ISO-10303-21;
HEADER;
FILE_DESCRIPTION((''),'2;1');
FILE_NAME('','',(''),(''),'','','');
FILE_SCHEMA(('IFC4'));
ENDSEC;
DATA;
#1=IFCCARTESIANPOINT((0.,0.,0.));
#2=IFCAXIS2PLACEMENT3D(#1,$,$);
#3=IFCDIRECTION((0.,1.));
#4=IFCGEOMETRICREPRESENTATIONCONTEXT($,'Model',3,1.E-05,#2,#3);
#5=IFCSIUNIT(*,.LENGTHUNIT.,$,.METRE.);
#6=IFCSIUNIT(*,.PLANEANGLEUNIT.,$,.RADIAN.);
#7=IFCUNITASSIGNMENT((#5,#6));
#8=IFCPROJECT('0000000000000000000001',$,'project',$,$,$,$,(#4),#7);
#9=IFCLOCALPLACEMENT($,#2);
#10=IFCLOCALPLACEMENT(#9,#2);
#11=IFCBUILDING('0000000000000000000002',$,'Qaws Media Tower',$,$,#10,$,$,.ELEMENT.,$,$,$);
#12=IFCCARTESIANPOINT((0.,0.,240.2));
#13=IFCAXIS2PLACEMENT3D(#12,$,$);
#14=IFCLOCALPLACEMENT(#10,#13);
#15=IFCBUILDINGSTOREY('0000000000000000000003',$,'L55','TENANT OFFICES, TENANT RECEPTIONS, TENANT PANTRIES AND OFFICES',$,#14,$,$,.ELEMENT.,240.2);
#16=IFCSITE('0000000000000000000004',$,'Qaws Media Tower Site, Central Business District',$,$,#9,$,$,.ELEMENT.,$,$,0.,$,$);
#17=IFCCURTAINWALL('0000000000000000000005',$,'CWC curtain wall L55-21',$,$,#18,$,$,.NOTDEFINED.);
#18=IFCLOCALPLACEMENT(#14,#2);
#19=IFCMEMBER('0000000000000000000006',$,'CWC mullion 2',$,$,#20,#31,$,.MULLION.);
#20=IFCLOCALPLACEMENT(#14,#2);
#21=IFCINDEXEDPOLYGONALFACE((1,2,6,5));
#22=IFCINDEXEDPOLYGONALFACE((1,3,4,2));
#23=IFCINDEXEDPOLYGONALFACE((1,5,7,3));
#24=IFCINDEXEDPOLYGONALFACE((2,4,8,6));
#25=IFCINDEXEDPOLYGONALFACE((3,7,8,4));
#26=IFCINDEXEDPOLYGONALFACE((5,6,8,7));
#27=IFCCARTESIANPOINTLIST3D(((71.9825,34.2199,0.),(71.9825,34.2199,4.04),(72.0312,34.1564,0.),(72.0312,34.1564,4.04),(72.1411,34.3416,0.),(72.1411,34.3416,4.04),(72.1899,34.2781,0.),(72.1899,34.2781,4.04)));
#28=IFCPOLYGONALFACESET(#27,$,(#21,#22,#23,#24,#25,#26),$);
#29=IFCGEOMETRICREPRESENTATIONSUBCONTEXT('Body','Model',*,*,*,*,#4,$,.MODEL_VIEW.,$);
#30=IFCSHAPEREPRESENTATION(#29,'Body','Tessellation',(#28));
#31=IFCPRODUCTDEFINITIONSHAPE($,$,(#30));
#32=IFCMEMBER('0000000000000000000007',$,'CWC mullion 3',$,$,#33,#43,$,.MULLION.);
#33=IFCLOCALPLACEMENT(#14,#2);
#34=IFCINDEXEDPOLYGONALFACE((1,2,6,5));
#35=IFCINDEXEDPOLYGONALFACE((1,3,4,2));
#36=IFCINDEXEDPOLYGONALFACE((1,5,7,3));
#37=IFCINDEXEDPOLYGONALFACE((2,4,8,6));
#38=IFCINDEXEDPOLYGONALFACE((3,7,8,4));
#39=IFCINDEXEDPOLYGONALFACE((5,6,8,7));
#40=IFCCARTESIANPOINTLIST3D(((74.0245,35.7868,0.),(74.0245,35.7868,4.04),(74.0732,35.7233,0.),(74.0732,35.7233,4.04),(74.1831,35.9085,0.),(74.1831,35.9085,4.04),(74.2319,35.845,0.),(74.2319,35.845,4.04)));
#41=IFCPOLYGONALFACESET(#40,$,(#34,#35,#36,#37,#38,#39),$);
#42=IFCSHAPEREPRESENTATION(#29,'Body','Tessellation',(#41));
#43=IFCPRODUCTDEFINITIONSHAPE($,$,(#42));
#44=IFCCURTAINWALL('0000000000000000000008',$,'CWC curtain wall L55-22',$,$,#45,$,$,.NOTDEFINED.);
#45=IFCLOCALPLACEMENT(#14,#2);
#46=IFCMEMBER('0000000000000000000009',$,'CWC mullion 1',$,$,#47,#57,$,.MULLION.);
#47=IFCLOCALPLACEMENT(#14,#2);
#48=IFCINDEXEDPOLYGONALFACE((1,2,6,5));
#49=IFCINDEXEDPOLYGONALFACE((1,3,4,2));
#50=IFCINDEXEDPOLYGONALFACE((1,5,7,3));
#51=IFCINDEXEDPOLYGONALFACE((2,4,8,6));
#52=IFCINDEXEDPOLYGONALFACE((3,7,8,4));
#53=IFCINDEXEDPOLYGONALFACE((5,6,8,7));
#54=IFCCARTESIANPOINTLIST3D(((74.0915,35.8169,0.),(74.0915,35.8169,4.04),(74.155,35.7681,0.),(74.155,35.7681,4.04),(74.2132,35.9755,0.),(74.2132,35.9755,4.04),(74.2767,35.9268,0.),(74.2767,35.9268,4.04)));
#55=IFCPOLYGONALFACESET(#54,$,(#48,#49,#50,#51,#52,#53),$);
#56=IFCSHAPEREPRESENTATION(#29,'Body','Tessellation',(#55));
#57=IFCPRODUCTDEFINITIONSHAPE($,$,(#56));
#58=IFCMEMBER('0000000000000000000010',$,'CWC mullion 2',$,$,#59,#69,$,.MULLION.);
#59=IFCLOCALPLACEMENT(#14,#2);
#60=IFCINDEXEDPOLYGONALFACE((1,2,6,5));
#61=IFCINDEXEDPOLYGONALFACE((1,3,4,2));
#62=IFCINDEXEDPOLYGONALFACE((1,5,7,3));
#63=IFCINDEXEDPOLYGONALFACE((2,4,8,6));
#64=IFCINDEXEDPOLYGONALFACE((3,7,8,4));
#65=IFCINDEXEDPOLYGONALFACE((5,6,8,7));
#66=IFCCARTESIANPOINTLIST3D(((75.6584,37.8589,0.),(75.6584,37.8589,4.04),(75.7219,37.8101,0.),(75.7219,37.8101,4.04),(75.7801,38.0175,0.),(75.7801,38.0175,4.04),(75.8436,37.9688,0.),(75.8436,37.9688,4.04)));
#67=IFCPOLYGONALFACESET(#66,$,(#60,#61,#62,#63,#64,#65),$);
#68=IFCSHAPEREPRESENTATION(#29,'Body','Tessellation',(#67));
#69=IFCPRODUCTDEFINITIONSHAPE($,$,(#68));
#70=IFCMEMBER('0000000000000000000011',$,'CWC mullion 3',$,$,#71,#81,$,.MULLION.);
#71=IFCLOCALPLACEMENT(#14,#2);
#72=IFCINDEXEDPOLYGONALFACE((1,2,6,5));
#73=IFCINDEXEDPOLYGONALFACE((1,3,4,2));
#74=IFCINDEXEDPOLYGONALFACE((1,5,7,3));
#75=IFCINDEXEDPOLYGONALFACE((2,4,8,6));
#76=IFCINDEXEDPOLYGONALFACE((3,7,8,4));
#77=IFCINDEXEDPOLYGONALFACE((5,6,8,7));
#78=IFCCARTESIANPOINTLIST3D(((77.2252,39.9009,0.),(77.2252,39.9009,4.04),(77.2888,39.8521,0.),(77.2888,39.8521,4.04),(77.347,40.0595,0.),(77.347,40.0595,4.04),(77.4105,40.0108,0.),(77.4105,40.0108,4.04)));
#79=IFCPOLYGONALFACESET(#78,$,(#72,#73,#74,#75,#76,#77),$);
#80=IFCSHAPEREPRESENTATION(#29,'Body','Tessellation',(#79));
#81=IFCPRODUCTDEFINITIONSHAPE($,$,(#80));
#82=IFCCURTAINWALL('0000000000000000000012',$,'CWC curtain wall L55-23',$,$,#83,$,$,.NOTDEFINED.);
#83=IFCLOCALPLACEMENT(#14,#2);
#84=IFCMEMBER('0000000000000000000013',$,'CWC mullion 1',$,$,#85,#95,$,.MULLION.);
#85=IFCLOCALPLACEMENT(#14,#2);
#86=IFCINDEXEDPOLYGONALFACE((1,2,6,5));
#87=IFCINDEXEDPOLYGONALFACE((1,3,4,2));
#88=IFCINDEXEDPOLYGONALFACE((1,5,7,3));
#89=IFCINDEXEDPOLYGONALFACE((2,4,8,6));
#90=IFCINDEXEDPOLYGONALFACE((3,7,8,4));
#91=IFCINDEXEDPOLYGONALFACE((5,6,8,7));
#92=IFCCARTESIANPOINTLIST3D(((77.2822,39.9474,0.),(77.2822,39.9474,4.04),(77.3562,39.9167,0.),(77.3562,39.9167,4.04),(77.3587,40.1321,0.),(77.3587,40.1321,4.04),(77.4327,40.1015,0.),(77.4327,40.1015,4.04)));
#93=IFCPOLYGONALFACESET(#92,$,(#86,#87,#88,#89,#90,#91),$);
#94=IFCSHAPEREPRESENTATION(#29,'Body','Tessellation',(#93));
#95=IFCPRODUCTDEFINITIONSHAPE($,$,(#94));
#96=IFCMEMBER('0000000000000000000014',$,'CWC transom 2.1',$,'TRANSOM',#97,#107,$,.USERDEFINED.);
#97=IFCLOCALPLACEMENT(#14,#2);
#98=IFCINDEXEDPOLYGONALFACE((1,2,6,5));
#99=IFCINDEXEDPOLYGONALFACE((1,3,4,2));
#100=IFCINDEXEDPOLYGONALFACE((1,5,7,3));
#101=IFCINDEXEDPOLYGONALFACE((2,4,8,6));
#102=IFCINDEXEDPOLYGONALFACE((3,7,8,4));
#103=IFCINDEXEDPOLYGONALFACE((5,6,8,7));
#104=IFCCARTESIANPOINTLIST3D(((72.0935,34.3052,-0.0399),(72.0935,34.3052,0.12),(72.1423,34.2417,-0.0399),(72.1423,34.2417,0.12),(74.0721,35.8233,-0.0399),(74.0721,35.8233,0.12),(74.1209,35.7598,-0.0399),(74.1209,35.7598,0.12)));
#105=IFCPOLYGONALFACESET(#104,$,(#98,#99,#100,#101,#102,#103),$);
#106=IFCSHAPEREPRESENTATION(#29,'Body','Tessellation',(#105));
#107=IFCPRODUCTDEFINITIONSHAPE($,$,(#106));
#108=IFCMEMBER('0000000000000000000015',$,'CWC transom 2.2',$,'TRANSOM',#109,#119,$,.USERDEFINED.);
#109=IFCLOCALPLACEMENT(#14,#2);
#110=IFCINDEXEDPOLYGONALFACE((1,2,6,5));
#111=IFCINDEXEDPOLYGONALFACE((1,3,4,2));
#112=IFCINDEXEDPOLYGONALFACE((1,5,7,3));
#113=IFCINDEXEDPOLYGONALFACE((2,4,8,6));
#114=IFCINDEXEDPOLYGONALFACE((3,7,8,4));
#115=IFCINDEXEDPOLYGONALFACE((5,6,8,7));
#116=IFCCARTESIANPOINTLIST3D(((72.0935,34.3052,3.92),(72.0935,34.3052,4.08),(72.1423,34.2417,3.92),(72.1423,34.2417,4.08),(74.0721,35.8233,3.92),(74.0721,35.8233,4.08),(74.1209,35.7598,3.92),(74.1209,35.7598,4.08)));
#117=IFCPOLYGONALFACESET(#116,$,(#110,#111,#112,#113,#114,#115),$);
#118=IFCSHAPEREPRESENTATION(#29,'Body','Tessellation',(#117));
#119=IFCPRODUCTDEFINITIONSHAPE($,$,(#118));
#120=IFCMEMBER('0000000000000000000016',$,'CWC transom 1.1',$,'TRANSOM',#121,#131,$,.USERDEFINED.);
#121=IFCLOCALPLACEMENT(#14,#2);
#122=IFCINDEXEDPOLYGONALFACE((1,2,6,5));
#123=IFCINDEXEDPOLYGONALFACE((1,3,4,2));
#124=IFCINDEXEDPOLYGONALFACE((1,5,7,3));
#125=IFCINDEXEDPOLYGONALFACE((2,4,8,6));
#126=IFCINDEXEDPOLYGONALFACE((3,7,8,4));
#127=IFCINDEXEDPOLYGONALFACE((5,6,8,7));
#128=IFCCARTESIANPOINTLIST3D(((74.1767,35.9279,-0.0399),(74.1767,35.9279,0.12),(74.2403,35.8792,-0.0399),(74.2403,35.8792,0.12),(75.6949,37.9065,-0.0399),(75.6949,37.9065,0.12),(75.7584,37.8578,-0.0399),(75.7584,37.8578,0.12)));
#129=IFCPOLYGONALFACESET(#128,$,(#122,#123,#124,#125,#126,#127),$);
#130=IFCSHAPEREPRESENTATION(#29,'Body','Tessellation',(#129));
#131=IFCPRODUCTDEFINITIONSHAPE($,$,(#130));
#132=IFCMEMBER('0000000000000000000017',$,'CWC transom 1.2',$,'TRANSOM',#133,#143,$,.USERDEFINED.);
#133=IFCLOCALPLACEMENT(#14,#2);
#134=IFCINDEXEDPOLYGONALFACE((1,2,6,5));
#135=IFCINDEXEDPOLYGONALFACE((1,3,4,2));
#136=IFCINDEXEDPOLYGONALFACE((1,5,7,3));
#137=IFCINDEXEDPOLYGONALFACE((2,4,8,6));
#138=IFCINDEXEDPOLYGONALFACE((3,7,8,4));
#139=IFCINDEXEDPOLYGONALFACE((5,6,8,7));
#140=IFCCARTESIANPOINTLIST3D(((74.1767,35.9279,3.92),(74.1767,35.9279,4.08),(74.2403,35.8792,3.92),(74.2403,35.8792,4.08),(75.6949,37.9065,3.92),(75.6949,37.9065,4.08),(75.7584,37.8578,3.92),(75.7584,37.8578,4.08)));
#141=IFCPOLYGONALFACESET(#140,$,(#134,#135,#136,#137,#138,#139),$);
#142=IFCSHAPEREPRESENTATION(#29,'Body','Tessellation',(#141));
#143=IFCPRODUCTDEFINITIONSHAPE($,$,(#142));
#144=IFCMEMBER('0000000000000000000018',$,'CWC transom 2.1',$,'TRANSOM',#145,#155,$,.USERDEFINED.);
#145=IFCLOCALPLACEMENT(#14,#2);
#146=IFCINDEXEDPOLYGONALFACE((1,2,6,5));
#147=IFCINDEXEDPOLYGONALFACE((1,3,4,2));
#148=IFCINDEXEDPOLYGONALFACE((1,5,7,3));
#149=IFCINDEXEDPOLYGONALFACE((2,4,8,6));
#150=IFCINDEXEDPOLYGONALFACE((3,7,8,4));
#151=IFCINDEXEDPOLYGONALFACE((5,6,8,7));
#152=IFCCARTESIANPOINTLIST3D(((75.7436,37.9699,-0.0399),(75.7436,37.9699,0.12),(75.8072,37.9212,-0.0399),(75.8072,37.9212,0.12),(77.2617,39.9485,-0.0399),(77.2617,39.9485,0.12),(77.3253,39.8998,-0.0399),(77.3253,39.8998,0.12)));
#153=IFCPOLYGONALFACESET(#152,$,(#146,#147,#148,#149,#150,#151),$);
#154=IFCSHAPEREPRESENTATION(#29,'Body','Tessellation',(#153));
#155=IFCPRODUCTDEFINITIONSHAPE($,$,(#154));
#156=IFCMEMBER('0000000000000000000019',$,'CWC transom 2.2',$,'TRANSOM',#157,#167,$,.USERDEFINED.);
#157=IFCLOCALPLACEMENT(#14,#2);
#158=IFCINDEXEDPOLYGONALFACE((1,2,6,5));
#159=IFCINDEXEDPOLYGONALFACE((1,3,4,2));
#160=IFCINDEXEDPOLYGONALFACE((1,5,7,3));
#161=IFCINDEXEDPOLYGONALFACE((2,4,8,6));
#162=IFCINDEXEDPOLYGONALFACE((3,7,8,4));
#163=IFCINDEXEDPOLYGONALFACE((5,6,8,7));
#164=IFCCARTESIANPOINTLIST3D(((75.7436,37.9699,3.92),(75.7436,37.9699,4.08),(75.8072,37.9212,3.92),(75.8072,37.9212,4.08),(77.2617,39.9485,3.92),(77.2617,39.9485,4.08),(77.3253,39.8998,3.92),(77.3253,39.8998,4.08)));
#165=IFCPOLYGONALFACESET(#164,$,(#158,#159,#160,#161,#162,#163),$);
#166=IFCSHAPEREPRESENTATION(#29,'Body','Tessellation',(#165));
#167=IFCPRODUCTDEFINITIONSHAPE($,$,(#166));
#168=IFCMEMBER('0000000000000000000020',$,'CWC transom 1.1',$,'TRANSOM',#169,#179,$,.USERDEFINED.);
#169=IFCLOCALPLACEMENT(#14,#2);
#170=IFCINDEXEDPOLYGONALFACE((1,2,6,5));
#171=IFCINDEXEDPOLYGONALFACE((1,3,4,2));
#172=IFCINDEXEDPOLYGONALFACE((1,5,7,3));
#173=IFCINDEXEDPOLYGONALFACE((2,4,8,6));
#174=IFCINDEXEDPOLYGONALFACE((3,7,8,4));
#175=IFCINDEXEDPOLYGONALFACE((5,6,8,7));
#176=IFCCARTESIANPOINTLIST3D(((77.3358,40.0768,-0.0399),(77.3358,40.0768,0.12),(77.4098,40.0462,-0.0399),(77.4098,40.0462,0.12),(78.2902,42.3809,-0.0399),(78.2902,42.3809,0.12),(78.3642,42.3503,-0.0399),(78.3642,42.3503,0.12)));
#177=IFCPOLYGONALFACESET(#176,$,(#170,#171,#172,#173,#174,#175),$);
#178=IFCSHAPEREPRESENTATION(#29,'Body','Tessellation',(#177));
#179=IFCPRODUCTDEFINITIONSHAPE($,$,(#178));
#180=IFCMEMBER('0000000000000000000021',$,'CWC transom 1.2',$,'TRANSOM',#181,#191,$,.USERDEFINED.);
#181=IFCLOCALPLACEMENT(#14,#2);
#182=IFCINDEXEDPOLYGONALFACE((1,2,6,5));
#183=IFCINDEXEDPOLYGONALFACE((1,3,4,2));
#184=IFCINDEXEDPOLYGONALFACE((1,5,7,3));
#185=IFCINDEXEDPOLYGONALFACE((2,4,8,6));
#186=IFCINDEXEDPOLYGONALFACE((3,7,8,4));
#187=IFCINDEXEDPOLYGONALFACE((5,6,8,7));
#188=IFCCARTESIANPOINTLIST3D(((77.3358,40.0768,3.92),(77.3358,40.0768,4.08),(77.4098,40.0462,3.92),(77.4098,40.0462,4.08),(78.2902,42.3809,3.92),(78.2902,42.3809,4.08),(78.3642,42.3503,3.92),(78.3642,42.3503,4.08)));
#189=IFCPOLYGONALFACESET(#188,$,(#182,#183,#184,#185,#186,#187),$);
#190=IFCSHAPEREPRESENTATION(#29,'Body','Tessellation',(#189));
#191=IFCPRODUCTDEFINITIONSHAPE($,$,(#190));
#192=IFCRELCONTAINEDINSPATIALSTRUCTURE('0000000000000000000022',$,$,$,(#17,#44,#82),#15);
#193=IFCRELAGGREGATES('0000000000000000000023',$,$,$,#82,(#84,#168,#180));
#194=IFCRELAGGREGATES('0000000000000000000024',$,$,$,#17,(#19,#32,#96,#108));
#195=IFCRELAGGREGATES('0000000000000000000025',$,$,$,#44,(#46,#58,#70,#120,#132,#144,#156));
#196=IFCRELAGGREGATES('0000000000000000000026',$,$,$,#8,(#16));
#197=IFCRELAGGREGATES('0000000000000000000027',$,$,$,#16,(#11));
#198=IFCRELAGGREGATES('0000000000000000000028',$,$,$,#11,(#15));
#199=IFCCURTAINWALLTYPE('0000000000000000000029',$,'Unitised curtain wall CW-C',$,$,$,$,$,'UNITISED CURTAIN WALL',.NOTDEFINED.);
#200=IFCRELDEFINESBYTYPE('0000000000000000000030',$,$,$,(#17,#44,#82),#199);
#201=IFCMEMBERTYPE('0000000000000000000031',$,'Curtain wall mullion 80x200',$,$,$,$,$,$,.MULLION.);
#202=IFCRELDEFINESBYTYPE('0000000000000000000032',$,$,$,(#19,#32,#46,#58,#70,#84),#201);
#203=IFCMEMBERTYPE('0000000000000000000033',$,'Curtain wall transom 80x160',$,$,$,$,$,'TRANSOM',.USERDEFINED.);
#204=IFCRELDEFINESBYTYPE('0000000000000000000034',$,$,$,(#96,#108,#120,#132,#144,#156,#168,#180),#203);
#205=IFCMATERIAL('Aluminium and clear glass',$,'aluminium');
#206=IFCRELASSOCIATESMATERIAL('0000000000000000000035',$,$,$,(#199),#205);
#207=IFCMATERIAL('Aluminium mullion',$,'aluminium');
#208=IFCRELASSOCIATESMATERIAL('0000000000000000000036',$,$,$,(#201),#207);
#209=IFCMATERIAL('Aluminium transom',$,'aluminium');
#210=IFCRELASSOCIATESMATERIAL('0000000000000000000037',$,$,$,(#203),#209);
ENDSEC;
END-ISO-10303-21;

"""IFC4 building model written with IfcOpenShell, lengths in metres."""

from ifc_helpers import new_model, si_unit, direction, frame, origin, origin_2d, place, context, subcontext, project, spatial, rectangle, extrude, material, material_profile, profile_set, type_object, element, aggregate, save


model = new_model("IFC4")

# Units and contexts
model_context = context("Model", 3, precision=1e-05, world=origin(), true_north=direction((0.0, 1.0)))
body_context = subcontext(model_context, "Body", "Model", "MODEL_VIEW")
ifc_project = project(units=[si_unit("LENGTHUNIT", "METRE"), si_unit("PLANEANGLEUNIT", "RADIAN")], contexts=[model_context])

# Site, building, storey
site_placement = place(None, origin())
site = spatial("IfcSite", under=ifc_project, at=site_placement, Name="Qaws Media Tower Site, Central Business District", CompositionType="ELEMENT", RefElevation=0.0)
building_placement = place(site_placement, origin())
building = spatial("IfcBuilding", under=site, at=building_placement, Name="Qaws Media Tower", CompositionType="ELEMENT")
storey_placement = place(building_placement, frame((0.0, 0.0, 240.2)))
storey = spatial("IfcBuildingStorey", under=building, at=storey_placement, Name="L55", Description="TENANT OFFICES, TENANT RECEPTIONS, TENANT PANTRIES AND OFFICES", CompositionType="ELEMENT", Elevation=240.2)

# Curtain walls, members
ifc_material_1 = material(Name="Aluminium and clear glass", Category="aluminium")
curtain_wall_type = type_object("IfcCurtainWallType", Name="Unitised curtain wall CW-C", ElementType="UNITISED CURTAIN WALL", PredefinedType="NOTDEFINED", material=ifc_material_1)
curtain_wall_1_placement = place(storey_placement, origin())
curtain_wall_1 = element("IfcCurtainWall", 1, at=curtain_wall_1_placement, inside=storey, type_object=curtain_wall_type, Name="CWC curtain wall L55-21", PredefinedType="NOTDEFINED")
ifc_material_2 = material(Name="Aluminium mullion", Category="aluminium")
ifc_material_profile_1 = material_profile(ifc_material_2, rectangle(XDim=0.0801, YDim=0.2, at=origin_2d()), Name="80x200")
ifc_profile_set_1 = profile_set([ifc_material_profile_1], Name="Aluminium mullion")
member_type_1 = type_object("IfcMemberType", Name="Curtain wall mullion 80x200", PredefinedType="MULLION", material=ifc_profile_set_1)
member_1_placement = place(storey_placement, frame((72.0862, 34.249, 0.0), z_axis=(0.0, 0.0, 1.0), x_axis=(-0.608762, 0.793353, 0.0)))
member_1 = element("IfcMember", 2, at=member_1_placement, type_object=member_type_1, Name="CWC mullion 2", PredefinedType="MULLION", context=body_context, shape_type="SweptSolid", body=[
    extrude(rectangle(XDim=0.0801, YDim=0.2, at=origin_2d()), origin(), (0.0, 0.0, 1.0), 4.04),
])
member_2_placement = place(storey_placement, frame((74.1282, 35.8159, 0.0), z_axis=(0.0, 0.0, 1.0), x_axis=(-0.608762, 0.793353, 0.0)))
member_2 = element("IfcMember", 3, at=member_2_placement, type_object=member_type_1, Name="CWC mullion 3", PredefinedType="MULLION", context=body_context, shape_type="SweptSolid", body=[
    extrude(rectangle(XDim=0.0801, YDim=0.2, at=origin_2d()), origin(), (0.0, 0.0, 1.0), 4.04),
])
curtain_wall_2_placement = place(storey_placement, origin())
curtain_wall_2 = element("IfcCurtainWall", 4, at=curtain_wall_2_placement, inside=storey, type_object=curtain_wall_type, Name="CWC curtain wall L55-22", PredefinedType="NOTDEFINED")
member_3_placement = place(storey_placement, frame((74.1841, 35.8718, 0.0), z_axis=(0.0, 0.0, 1.0), x_axis=(-0.793353, 0.608762, 0.0)))
member_3 = element("IfcMember", 5, at=member_3_placement, type_object=member_type_1, Name="CWC mullion 1", PredefinedType="MULLION", context=body_context, shape_type="SweptSolid", body=[
    extrude(rectangle(XDim=0.0801, YDim=0.2, at=origin_2d()), origin(), (0.0, 0.0, 1.0), 4.04),
])
member_4_placement = place(storey_placement, frame((75.751, 37.9138, 0.0), z_axis=(0.0, 0.0, 1.0), x_axis=(-0.793353, 0.608762, 0.0)))
member_4 = element("IfcMember", 6, at=member_4_placement, type_object=member_type_1, Name="CWC mullion 2", PredefinedType="MULLION", context=body_context, shape_type="SweptSolid", body=[
    extrude(rectangle(XDim=0.0801, YDim=0.2, at=origin_2d()), origin(), (0.0, 0.0, 1.0), 4.04),
])
member_5_placement = place(storey_placement, frame((77.3179, 39.9558, 0.0), z_axis=(0.0, 0.0, 1.0), x_axis=(-0.793353, 0.608762, 0.0)))
member_5 = element("IfcMember", 7, at=member_5_placement, type_object=member_type_1, Name="CWC mullion 3", PredefinedType="MULLION", context=body_context, shape_type="SweptSolid", body=[
    extrude(rectangle(XDim=0.0801, YDim=0.2, at=origin_2d()), origin(), (0.0, 0.0, 1.0), 4.04),
])

# Curtain wall, member
curtain_wall_3_placement = place(storey_placement, origin())
curtain_wall_3 = element("IfcCurtainWall", 8, at=curtain_wall_3_placement, inside=storey, type_object=curtain_wall_type, Name="CWC curtain wall L55-23", PredefinedType="NOTDEFINED")
member_6_placement = place(storey_placement, frame((77.3574, 40.0244, 0.0), z_axis=(0.0, 0.0, 1.0), x_axis=(-0.92388, 0.382683, 0.0)))
member_6 = element("IfcMember", 9, at=member_6_placement, type_object=member_type_1, Name="CWC mullion 1", PredefinedType="MULLION", context=body_context, shape_type="SweptSolid", body=[
    extrude(rectangle(XDim=0.0801, YDim=0.2, at=origin_2d()), origin(), (0.0, 0.0, 1.0), 4.04),
])

# Members
ifc_material_3 = material(Name="Aluminium transom", Category="aluminium")
ifc_material_profile_2 = material_profile(ifc_material_3, rectangle(XDim=0.0801, YDim=0.1599, at=origin_2d()), Name="80x160")
ifc_profile_set_2 = profile_set([ifc_material_profile_2], Name="Aluminium transom")
member_type_2 = type_object("IfcMemberType", Name="Curtain wall transom 80x160", ElementType="TRANSOM", PredefinedType="USERDEFINED", material=ifc_profile_set_2)
member_7_placement = place(storey_placement, frame((72.1179, 34.2734, 0.04), z_axis=(0.793373, 0.608736, 0.0), x_axis=(-0.608736, 0.793373, 0.0)))
member_7 = element("IfcMember", 10, at=member_7_placement, type_object=member_type_2, Name="CWC transom 2.1", ObjectType="TRANSOM", PredefinedType="USERDEFINED", context=body_context, shape_type="SweptSolid", body=[
    extrude(rectangle(XDim=0.0801, YDim=0.1599, at=origin_2d()), origin(), (0.0, 0.0, 1.0), 2.4939),
])
member_8_placement = place(storey_placement, frame((72.1179, 34.2734, 4.0), z_axis=(0.793373, 0.608736, 0.0), x_axis=(-0.608736, 0.793373, 0.0)))
member_8 = element("IfcMember", 11, at=member_8_placement, type_object=member_type_2, Name="CWC transom 2.2", ObjectType="TRANSOM", PredefinedType="USERDEFINED", context=body_context, shape_type="SweptSolid", body=[
    extrude(rectangle(XDim=0.0801, YDim=0.1599, at=origin_2d()), origin(), (0.0, 0.0, 1.0), 2.4939),
])
member_9_placement = place(storey_placement, frame((74.2085, 35.9036, 0.04), z_axis=(0.608736, 0.793373, 0.0), x_axis=(-0.793373, 0.608736, 0.0)))
member_9 = element("IfcMember", 12, at=member_9_placement, type_object=member_type_2, Name="CWC transom 1.1", ObjectType="TRANSOM", PredefinedType="USERDEFINED", context=body_context, shape_type="SweptSolid", body=[
    extrude(rectangle(XDim=0.0801, YDim=0.1599, at=origin_2d()), origin(), (0.0, 0.0, 1.0), 2.4939),
])
member_10_placement = place(storey_placement, frame((74.2085, 35.9036, 4.0), z_axis=(0.608736, 0.793373, 0.0), x_axis=(-0.793373, 0.608736, 0.0)))
member_10 = element("IfcMember", 13, at=member_10_placement, type_object=member_type_2, Name="CWC transom 1.2", ObjectType="TRANSOM", PredefinedType="USERDEFINED", context=body_context, shape_type="SweptSolid", body=[
    extrude(rectangle(XDim=0.0801, YDim=0.1599, at=origin_2d()), origin(), (0.0, 0.0, 1.0), 2.4939),
])
member_11_placement = place(storey_placement, frame((75.7754, 37.9456, 0.04), z_axis=(0.608736, 0.793373, 0.0), x_axis=(-0.793373, 0.608736, 0.0)))
member_11 = element("IfcMember", 14, at=member_11_placement, type_object=member_type_2, Name="CWC transom 2.1", ObjectType="TRANSOM", PredefinedType="USERDEFINED", context=body_context, shape_type="SweptSolid", body=[
    extrude(rectangle(XDim=0.0801, YDim=0.1599, at=origin_2d()), origin(), (0.0, 0.0, 1.0), 2.4939),
])
member_12_placement = place(storey_placement, frame((75.7754, 37.9456, 4.0), z_axis=(0.608736, 0.793373, 0.0), x_axis=(-0.793373, 0.608736, 0.0)))
member_12 = element("IfcMember", 15, at=member_12_placement, type_object=member_type_2, Name="CWC transom 2.2", ObjectType="TRANSOM", PredefinedType="USERDEFINED", context=body_context, shape_type="SweptSolid", body=[
    extrude(rectangle(XDim=0.0801, YDim=0.1599, at=origin_2d()), origin(), (0.0, 0.0, 1.0), 2.4939),
])
member_13_placement = place(storey_placement, frame((77.3728, 40.0615, 0.04), z_axis=(0.382689, 0.923877, 0.0), x_axis=(-0.923877, 0.382689, 0.0)))
member_13 = element("IfcMember", 16, at=member_13_placement, type_object=member_type_2, Name="CWC transom 1.1", ObjectType="TRANSOM", PredefinedType="USERDEFINED", context=body_context, shape_type="SweptSolid", body=[
    extrude(rectangle(XDim=0.0801, YDim=0.1599, at=origin_2d()), origin(), (0.0, 0.0, 1.0), 2.4939),
])
member_14_placement = place(storey_placement, frame((77.3728, 40.0615, 4.0), z_axis=(0.382689, 0.923877, 0.0), x_axis=(-0.923877, 0.382689, 0.0)))
member_14 = element("IfcMember", 17, at=member_14_placement, type_object=member_type_2, Name="CWC transom 1.2", ObjectType="TRANSOM", PredefinedType="USERDEFINED", context=body_context, shape_type="SweptSolid", body=[
    extrude(rectangle(XDim=0.0801, YDim=0.1599, at=origin_2d()), origin(), (0.0, 0.0, 1.0), 2.4939),
])
aggregate(curtain_wall_3, [member_6, member_13, member_14])

aggregate(curtain_wall_1, [member_1, member_2, member_7, member_8])
aggregate(curtain_wall_2, [member_3, member_4, member_5, member_9, member_10, member_11, member_12])

save(model, "model.ifc")
